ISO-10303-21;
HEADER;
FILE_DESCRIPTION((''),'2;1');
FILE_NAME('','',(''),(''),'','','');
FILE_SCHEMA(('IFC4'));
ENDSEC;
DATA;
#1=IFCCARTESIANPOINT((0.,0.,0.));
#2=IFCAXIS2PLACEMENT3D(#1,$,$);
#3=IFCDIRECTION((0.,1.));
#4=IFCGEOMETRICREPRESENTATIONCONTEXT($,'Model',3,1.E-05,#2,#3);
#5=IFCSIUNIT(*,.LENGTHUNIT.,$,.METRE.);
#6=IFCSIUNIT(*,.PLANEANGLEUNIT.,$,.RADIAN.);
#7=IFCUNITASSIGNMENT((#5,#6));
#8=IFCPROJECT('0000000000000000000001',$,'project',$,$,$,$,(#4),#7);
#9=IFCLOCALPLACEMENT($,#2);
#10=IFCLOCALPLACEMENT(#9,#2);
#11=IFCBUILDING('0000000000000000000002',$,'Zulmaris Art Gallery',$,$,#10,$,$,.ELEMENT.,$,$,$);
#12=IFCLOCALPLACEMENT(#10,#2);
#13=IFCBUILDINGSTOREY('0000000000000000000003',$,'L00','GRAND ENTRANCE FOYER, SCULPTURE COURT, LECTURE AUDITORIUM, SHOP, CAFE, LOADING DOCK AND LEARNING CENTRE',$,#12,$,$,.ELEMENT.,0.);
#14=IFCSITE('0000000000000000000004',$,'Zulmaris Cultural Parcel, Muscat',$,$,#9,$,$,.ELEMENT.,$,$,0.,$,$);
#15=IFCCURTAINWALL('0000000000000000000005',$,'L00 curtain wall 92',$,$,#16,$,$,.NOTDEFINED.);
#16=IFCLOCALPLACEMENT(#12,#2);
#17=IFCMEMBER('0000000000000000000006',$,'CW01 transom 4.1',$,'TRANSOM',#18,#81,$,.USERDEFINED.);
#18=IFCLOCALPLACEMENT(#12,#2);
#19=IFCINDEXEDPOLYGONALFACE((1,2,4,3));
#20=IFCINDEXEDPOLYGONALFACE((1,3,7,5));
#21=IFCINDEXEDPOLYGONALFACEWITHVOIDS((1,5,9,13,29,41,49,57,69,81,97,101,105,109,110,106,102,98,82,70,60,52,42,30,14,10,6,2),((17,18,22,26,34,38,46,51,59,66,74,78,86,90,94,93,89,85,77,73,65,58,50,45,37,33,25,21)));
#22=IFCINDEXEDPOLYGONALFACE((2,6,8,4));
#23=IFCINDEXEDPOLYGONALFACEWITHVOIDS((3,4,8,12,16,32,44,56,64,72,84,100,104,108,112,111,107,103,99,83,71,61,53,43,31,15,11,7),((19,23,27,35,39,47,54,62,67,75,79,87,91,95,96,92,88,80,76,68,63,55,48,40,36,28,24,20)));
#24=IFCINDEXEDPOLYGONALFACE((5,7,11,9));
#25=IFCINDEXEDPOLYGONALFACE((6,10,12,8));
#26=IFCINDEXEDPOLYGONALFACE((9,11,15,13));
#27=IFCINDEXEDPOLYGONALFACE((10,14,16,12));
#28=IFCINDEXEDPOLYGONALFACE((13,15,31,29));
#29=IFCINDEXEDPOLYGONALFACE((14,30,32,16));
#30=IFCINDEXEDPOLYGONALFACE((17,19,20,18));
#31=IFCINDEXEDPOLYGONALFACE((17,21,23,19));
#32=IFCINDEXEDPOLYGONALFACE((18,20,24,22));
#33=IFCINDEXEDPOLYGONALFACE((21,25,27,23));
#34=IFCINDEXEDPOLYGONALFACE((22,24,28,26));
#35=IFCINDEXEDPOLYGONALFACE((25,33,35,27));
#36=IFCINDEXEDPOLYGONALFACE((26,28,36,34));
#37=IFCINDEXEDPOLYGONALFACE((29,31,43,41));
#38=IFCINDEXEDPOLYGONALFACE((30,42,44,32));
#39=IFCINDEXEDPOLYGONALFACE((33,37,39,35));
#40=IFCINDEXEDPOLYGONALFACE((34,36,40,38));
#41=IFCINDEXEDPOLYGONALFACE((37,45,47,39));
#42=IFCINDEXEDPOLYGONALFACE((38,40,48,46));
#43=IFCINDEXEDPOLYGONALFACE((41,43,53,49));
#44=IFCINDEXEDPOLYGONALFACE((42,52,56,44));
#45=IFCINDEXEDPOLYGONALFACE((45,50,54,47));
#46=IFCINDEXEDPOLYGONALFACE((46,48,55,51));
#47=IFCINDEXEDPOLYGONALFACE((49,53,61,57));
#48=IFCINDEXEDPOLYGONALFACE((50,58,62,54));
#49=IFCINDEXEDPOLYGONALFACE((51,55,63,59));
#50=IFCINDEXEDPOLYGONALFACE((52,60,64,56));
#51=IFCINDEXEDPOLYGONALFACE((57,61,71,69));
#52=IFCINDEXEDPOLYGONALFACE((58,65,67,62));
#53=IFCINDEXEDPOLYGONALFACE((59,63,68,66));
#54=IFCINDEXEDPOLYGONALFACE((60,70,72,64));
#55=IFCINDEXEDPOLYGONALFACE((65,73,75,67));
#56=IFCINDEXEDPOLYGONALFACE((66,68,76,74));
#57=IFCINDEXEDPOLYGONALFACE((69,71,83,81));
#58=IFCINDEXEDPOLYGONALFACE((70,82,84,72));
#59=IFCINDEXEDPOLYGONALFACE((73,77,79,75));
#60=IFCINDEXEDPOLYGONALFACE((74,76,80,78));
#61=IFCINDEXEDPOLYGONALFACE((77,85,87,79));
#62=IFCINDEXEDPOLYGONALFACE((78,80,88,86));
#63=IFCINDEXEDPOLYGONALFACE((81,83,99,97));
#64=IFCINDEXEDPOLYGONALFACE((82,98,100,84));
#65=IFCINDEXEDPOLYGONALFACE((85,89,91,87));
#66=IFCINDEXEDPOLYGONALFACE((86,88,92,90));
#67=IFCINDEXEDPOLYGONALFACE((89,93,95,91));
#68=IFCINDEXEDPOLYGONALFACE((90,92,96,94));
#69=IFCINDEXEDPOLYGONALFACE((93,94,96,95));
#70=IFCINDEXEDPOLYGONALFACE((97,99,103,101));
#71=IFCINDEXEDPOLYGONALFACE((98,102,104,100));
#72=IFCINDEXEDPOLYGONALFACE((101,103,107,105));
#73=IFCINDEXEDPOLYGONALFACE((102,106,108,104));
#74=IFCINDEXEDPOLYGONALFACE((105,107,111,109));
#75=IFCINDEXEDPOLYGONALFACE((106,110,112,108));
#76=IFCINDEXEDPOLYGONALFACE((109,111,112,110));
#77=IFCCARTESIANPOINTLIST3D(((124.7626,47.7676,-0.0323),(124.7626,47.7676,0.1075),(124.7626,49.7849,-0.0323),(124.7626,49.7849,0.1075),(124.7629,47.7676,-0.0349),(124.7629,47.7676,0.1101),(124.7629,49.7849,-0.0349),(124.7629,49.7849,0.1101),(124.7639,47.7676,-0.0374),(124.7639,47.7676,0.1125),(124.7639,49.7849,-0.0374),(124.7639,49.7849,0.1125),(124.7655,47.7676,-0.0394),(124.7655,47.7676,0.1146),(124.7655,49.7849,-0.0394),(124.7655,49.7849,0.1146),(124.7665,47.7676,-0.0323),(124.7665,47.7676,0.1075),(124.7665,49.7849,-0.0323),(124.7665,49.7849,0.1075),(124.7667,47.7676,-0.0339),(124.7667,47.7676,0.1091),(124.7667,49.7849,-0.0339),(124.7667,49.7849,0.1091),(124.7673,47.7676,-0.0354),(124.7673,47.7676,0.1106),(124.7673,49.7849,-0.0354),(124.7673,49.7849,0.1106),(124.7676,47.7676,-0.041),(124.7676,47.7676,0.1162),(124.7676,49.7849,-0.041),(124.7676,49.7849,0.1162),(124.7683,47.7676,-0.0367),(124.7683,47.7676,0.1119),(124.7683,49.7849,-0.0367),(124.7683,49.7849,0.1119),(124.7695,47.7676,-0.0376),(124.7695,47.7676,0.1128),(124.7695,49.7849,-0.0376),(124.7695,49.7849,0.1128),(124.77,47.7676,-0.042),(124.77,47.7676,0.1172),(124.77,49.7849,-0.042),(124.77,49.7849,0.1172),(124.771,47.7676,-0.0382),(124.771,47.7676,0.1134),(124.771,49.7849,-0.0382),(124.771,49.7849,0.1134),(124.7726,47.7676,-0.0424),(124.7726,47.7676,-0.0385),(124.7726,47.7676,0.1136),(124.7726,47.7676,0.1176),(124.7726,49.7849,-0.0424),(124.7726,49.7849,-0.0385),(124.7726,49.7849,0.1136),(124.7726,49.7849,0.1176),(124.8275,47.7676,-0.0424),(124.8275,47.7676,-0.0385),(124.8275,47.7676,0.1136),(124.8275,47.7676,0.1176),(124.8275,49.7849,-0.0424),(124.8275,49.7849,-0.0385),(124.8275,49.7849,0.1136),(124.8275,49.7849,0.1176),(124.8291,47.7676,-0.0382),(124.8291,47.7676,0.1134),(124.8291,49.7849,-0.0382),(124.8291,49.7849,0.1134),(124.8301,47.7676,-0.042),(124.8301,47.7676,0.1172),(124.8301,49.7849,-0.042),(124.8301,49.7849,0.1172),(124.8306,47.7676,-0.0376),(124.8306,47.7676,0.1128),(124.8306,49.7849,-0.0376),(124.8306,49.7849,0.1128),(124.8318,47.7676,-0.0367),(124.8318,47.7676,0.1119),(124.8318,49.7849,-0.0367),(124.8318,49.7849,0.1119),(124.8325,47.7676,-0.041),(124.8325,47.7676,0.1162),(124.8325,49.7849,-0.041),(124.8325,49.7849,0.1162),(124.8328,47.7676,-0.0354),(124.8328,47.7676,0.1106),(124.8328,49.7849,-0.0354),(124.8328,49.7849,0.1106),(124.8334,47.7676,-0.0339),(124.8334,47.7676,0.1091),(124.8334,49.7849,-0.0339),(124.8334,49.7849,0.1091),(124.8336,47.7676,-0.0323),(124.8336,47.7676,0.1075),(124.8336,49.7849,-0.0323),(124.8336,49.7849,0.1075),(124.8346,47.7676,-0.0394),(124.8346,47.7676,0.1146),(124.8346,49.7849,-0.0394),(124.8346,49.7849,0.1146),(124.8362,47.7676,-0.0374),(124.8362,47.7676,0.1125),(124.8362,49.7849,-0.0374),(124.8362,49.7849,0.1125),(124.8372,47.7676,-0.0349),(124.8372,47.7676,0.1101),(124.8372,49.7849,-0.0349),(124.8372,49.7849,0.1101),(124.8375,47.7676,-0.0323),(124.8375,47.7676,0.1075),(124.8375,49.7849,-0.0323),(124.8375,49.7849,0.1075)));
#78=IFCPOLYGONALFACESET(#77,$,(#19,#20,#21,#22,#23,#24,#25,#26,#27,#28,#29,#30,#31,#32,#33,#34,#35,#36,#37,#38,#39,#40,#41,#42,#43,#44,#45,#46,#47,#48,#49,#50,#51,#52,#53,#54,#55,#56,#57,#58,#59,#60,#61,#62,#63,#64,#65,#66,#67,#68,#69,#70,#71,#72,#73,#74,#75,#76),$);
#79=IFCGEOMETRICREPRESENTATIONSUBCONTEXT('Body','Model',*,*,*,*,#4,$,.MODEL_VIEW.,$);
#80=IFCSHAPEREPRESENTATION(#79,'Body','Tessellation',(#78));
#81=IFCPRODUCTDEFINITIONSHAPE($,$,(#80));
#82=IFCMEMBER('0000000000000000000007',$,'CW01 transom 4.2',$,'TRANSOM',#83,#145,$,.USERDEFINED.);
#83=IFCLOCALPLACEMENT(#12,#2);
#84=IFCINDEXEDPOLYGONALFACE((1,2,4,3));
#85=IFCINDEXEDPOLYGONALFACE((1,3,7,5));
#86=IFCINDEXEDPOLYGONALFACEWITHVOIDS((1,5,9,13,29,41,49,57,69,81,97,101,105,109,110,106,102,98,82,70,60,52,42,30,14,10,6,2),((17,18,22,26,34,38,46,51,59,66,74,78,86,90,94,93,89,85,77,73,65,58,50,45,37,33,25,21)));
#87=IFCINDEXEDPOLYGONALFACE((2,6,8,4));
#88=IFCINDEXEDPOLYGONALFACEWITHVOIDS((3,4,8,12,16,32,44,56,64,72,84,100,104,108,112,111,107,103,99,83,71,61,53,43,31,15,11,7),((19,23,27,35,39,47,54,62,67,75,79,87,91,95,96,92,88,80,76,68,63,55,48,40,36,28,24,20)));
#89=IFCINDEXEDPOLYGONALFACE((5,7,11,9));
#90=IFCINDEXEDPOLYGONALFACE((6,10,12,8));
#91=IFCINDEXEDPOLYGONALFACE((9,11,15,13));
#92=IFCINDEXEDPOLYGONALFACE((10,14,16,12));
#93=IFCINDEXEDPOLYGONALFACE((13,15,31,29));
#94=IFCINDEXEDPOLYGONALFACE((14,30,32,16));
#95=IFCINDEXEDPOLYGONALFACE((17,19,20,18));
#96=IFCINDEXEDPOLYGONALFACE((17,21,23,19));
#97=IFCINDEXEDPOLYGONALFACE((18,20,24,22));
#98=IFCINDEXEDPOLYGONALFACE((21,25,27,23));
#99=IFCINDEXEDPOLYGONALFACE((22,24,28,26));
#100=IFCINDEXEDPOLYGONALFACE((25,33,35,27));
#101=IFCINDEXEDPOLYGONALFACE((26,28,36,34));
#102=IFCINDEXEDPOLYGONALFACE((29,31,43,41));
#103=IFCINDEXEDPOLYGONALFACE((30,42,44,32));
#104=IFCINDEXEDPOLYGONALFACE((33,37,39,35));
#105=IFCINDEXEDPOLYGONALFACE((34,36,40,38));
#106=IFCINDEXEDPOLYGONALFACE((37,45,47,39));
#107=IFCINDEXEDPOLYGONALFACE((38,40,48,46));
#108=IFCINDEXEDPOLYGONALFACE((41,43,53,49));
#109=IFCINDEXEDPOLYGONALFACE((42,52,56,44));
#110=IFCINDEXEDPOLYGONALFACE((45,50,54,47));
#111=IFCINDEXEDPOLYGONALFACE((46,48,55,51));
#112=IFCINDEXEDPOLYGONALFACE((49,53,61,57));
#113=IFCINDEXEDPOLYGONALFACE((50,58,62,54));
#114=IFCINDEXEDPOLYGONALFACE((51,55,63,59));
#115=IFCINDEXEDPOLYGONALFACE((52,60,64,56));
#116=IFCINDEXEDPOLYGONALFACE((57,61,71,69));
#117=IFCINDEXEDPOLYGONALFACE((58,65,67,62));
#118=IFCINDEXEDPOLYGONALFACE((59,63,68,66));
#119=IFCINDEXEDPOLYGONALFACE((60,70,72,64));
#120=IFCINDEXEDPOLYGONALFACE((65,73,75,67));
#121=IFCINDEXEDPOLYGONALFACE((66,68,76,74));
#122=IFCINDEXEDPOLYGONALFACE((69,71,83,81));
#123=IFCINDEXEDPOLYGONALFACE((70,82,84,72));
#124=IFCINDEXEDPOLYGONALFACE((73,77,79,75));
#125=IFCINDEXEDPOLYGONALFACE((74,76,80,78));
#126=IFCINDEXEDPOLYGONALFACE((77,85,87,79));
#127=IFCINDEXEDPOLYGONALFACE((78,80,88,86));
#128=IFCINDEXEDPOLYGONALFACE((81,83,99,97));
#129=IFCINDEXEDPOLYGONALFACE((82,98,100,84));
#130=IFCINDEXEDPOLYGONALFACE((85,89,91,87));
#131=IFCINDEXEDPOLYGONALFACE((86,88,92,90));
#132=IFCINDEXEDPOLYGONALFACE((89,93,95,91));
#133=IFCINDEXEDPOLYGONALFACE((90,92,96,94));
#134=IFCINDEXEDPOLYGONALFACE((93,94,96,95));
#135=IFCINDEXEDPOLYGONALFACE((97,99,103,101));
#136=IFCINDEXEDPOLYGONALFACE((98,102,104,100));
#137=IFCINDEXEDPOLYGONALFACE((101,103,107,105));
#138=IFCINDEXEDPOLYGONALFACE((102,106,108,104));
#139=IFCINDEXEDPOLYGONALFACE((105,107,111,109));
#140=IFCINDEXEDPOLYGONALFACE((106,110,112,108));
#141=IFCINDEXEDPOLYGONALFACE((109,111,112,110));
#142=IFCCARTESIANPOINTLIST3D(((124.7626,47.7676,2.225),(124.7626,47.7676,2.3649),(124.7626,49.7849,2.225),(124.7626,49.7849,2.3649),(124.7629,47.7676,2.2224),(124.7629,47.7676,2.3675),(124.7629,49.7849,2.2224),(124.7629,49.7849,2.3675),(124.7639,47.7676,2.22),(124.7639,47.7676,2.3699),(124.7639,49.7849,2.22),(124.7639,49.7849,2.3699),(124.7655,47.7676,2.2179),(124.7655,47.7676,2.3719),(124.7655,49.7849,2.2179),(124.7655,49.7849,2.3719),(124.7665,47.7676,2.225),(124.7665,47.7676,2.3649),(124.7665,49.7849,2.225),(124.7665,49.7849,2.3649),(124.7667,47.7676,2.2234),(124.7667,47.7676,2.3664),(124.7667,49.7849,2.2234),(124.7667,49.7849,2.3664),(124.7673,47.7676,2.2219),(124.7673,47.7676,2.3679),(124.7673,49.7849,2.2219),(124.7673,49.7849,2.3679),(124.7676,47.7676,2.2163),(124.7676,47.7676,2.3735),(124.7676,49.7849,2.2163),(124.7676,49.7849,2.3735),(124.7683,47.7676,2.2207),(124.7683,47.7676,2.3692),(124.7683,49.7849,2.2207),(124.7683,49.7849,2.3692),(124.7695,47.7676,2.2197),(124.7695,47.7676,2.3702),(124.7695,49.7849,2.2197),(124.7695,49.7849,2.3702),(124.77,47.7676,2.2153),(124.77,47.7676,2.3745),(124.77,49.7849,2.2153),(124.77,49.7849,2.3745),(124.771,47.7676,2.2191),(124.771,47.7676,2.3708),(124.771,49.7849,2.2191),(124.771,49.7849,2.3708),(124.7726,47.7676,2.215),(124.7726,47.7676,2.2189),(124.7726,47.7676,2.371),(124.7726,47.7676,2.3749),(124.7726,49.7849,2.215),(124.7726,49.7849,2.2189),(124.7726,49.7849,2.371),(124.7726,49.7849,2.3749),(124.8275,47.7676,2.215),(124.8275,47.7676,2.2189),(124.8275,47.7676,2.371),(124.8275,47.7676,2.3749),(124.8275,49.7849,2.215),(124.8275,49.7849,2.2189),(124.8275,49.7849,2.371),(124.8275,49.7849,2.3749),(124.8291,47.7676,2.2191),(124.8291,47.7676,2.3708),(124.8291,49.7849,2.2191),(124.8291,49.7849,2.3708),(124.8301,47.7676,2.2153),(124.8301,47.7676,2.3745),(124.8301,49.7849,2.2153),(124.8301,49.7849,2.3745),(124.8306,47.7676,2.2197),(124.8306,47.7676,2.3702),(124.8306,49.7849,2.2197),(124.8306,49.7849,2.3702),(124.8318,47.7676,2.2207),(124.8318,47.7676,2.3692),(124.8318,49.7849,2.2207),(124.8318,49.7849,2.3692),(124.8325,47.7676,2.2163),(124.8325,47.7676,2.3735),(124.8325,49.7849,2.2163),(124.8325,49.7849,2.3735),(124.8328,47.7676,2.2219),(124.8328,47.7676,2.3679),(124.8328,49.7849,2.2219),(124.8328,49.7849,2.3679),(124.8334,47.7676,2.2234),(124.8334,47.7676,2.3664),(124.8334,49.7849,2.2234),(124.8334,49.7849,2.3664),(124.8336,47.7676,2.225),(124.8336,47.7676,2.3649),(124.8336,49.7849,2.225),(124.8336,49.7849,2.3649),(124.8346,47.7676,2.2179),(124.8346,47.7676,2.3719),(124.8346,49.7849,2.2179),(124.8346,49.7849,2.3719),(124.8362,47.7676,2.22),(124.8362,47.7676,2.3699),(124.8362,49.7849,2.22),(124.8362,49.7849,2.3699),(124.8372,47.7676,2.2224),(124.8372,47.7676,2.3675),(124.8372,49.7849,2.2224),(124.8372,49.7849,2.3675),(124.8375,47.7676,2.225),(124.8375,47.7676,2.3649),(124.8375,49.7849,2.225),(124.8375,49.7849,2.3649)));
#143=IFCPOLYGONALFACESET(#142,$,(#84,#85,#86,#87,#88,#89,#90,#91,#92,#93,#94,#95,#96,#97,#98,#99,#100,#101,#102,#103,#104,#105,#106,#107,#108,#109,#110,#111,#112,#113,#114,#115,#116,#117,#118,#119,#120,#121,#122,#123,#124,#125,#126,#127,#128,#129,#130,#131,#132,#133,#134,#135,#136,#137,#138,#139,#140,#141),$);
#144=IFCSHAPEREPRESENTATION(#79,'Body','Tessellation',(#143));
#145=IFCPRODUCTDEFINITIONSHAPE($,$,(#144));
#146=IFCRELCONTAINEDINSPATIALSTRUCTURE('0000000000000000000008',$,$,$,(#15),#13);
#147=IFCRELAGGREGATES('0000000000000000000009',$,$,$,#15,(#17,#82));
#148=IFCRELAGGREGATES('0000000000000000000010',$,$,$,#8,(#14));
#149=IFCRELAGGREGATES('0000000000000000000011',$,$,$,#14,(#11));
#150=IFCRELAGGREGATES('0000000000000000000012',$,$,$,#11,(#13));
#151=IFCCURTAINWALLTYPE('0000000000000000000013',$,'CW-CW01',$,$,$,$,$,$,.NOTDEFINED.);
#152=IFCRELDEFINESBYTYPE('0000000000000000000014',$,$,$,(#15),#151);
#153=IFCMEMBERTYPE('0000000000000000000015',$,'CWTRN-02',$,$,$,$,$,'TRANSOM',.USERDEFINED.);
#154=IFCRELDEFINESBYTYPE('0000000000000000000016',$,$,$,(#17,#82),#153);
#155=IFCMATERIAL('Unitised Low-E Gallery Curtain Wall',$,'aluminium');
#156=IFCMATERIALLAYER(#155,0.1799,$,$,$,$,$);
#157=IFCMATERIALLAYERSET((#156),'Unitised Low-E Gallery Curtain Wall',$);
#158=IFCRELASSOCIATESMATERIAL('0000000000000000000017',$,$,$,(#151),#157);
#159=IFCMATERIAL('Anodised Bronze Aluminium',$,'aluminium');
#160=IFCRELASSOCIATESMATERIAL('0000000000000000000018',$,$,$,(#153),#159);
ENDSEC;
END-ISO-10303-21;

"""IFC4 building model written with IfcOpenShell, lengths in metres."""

from ifc_helpers import new_model, si_unit, direction, frame, origin, origin_2d, place, context, subcontext, project, spatial, hollow_rectangle, extrude, material, layer, layer_set, material_profile, profile_set, type_object, element, aggregate, save


model = new_model("IFC4")

# Units and contexts
model_context = context("Model", 3, precision=1e-05, world=origin(), true_north=direction((0.0, 1.0)))
body_context = subcontext(model_context, "Body", "Model", "MODEL_VIEW")
ifc_project = project(units=[si_unit("LENGTHUNIT", "METRE"), si_unit("PLANEANGLEUNIT", "RADIAN")], contexts=[model_context])

# Site, building, storey
site_placement = place(None, origin())
site = spatial("IfcSite", under=ifc_project, at=site_placement, Name="Zulmaris Cultural Parcel, Muscat", CompositionType="ELEMENT", RefElevation=0.0)
building_placement = place(site_placement, origin())
building = spatial("IfcBuilding", under=site, at=building_placement, Name="Zulmaris Art Gallery", CompositionType="ELEMENT")
storey_placement = place(building_placement, origin())
storey = spatial("IfcBuildingStorey", under=building, at=storey_placement, Name="L00", Description="GRAND ENTRANCE FOYER, SCULPTURE COURT, LECTURE AUDITORIUM, SHOP, CAFE, LOADING DOCK AND LEARNING CENTRE", CompositionType="ELEMENT", Elevation=0.0)

# Curtain wall
ifc_material_1 = material(Name="Unitised Low-E Gallery Curtain Wall", Category="aluminium")
ifc_layer_1 = layer(ifc_material_1, 0.1799)
ifc_layer_set_1 = layer_set([ifc_layer_1], Name="Unitised Low-E Gallery Curtain Wall")
curtain_wall_type = type_object("IfcCurtainWallType", Name="CW-CW01", PredefinedType="NOTDEFINED", material=ifc_layer_set_1)
curtain_wall_1_placement = place(storey_placement, origin())
curtain_wall_1 = element("IfcCurtainWall", 1, at=curtain_wall_1_placement, inside=storey, type_object=curtain_wall_type, Name="L00 curtain wall 92", PredefinedType="NOTDEFINED")
ifc_material_2 = material(Name="Anodised Bronze Aluminium", Category="aluminium")

# Members
ifc_material_profile_1 = material_profile(ifc_material_2, hollow_rectangle(XDim=0.075, YDim=0.1599, WallThickness=0.0039, InnerFilletRadius=0.0061, OuterFilletRadius=0.01, at=origin_2d()), Name="ALU 75x160x4")
ifc_profile_set_1 = profile_set([ifc_material_profile_1], Name="Anodised Bronze Aluminium")
member_type_1 = type_object("IfcMemberType", Name="CWTRN-02", ElementType="TRANSOM", PredefinedType="USERDEFINED", material=ifc_profile_set_1)
member_1_placement = place(storey_placement, frame((124.8, 47.7676, 0.0376), z_axis=(0.0, 1.0, 0.0), x_axis=(-1.0, 0.0, 0.0)))
member_1 = element("IfcMember", 2, at=member_1_placement, type_object=member_type_1, Name="CW01 transom 4.1", ObjectType="TRANSOM", PredefinedType="USERDEFINED", context=body_context, shape_type="SweptSolid", body=[
    extrude(hollow_rectangle(XDim=0.075, YDim=0.1599, WallThickness=0.0039, InnerFilletRadius=0.0061, OuterFilletRadius=0.01, at=origin_2d()), origin(), (0.0, 0.0, 1.0), 2.0173),
])
member_2_placement = place(storey_placement, frame((124.8, 47.7676, 2.2949), z_axis=(0.0, 1.0, 0.0), x_axis=(-1.0, 0.0, 0.0)))
member_2 = element("IfcMember", 3, at=member_2_placement, type_object=member_type_1, Name="CW01 transom 4.2", ObjectType="TRANSOM", PredefinedType="USERDEFINED", context=body_context, shape_type="SweptSolid", body=[
    extrude(hollow_rectangle(XDim=0.075, YDim=0.1599, WallThickness=0.0039, InnerFilletRadius=0.0061, OuterFilletRadius=0.01, at=origin_2d()), origin(), (0.0, 0.0, 1.0), 2.0173),
])

aggregate(curtain_wall_1, [member_1, member_2])

save(model, "model.ifc")
